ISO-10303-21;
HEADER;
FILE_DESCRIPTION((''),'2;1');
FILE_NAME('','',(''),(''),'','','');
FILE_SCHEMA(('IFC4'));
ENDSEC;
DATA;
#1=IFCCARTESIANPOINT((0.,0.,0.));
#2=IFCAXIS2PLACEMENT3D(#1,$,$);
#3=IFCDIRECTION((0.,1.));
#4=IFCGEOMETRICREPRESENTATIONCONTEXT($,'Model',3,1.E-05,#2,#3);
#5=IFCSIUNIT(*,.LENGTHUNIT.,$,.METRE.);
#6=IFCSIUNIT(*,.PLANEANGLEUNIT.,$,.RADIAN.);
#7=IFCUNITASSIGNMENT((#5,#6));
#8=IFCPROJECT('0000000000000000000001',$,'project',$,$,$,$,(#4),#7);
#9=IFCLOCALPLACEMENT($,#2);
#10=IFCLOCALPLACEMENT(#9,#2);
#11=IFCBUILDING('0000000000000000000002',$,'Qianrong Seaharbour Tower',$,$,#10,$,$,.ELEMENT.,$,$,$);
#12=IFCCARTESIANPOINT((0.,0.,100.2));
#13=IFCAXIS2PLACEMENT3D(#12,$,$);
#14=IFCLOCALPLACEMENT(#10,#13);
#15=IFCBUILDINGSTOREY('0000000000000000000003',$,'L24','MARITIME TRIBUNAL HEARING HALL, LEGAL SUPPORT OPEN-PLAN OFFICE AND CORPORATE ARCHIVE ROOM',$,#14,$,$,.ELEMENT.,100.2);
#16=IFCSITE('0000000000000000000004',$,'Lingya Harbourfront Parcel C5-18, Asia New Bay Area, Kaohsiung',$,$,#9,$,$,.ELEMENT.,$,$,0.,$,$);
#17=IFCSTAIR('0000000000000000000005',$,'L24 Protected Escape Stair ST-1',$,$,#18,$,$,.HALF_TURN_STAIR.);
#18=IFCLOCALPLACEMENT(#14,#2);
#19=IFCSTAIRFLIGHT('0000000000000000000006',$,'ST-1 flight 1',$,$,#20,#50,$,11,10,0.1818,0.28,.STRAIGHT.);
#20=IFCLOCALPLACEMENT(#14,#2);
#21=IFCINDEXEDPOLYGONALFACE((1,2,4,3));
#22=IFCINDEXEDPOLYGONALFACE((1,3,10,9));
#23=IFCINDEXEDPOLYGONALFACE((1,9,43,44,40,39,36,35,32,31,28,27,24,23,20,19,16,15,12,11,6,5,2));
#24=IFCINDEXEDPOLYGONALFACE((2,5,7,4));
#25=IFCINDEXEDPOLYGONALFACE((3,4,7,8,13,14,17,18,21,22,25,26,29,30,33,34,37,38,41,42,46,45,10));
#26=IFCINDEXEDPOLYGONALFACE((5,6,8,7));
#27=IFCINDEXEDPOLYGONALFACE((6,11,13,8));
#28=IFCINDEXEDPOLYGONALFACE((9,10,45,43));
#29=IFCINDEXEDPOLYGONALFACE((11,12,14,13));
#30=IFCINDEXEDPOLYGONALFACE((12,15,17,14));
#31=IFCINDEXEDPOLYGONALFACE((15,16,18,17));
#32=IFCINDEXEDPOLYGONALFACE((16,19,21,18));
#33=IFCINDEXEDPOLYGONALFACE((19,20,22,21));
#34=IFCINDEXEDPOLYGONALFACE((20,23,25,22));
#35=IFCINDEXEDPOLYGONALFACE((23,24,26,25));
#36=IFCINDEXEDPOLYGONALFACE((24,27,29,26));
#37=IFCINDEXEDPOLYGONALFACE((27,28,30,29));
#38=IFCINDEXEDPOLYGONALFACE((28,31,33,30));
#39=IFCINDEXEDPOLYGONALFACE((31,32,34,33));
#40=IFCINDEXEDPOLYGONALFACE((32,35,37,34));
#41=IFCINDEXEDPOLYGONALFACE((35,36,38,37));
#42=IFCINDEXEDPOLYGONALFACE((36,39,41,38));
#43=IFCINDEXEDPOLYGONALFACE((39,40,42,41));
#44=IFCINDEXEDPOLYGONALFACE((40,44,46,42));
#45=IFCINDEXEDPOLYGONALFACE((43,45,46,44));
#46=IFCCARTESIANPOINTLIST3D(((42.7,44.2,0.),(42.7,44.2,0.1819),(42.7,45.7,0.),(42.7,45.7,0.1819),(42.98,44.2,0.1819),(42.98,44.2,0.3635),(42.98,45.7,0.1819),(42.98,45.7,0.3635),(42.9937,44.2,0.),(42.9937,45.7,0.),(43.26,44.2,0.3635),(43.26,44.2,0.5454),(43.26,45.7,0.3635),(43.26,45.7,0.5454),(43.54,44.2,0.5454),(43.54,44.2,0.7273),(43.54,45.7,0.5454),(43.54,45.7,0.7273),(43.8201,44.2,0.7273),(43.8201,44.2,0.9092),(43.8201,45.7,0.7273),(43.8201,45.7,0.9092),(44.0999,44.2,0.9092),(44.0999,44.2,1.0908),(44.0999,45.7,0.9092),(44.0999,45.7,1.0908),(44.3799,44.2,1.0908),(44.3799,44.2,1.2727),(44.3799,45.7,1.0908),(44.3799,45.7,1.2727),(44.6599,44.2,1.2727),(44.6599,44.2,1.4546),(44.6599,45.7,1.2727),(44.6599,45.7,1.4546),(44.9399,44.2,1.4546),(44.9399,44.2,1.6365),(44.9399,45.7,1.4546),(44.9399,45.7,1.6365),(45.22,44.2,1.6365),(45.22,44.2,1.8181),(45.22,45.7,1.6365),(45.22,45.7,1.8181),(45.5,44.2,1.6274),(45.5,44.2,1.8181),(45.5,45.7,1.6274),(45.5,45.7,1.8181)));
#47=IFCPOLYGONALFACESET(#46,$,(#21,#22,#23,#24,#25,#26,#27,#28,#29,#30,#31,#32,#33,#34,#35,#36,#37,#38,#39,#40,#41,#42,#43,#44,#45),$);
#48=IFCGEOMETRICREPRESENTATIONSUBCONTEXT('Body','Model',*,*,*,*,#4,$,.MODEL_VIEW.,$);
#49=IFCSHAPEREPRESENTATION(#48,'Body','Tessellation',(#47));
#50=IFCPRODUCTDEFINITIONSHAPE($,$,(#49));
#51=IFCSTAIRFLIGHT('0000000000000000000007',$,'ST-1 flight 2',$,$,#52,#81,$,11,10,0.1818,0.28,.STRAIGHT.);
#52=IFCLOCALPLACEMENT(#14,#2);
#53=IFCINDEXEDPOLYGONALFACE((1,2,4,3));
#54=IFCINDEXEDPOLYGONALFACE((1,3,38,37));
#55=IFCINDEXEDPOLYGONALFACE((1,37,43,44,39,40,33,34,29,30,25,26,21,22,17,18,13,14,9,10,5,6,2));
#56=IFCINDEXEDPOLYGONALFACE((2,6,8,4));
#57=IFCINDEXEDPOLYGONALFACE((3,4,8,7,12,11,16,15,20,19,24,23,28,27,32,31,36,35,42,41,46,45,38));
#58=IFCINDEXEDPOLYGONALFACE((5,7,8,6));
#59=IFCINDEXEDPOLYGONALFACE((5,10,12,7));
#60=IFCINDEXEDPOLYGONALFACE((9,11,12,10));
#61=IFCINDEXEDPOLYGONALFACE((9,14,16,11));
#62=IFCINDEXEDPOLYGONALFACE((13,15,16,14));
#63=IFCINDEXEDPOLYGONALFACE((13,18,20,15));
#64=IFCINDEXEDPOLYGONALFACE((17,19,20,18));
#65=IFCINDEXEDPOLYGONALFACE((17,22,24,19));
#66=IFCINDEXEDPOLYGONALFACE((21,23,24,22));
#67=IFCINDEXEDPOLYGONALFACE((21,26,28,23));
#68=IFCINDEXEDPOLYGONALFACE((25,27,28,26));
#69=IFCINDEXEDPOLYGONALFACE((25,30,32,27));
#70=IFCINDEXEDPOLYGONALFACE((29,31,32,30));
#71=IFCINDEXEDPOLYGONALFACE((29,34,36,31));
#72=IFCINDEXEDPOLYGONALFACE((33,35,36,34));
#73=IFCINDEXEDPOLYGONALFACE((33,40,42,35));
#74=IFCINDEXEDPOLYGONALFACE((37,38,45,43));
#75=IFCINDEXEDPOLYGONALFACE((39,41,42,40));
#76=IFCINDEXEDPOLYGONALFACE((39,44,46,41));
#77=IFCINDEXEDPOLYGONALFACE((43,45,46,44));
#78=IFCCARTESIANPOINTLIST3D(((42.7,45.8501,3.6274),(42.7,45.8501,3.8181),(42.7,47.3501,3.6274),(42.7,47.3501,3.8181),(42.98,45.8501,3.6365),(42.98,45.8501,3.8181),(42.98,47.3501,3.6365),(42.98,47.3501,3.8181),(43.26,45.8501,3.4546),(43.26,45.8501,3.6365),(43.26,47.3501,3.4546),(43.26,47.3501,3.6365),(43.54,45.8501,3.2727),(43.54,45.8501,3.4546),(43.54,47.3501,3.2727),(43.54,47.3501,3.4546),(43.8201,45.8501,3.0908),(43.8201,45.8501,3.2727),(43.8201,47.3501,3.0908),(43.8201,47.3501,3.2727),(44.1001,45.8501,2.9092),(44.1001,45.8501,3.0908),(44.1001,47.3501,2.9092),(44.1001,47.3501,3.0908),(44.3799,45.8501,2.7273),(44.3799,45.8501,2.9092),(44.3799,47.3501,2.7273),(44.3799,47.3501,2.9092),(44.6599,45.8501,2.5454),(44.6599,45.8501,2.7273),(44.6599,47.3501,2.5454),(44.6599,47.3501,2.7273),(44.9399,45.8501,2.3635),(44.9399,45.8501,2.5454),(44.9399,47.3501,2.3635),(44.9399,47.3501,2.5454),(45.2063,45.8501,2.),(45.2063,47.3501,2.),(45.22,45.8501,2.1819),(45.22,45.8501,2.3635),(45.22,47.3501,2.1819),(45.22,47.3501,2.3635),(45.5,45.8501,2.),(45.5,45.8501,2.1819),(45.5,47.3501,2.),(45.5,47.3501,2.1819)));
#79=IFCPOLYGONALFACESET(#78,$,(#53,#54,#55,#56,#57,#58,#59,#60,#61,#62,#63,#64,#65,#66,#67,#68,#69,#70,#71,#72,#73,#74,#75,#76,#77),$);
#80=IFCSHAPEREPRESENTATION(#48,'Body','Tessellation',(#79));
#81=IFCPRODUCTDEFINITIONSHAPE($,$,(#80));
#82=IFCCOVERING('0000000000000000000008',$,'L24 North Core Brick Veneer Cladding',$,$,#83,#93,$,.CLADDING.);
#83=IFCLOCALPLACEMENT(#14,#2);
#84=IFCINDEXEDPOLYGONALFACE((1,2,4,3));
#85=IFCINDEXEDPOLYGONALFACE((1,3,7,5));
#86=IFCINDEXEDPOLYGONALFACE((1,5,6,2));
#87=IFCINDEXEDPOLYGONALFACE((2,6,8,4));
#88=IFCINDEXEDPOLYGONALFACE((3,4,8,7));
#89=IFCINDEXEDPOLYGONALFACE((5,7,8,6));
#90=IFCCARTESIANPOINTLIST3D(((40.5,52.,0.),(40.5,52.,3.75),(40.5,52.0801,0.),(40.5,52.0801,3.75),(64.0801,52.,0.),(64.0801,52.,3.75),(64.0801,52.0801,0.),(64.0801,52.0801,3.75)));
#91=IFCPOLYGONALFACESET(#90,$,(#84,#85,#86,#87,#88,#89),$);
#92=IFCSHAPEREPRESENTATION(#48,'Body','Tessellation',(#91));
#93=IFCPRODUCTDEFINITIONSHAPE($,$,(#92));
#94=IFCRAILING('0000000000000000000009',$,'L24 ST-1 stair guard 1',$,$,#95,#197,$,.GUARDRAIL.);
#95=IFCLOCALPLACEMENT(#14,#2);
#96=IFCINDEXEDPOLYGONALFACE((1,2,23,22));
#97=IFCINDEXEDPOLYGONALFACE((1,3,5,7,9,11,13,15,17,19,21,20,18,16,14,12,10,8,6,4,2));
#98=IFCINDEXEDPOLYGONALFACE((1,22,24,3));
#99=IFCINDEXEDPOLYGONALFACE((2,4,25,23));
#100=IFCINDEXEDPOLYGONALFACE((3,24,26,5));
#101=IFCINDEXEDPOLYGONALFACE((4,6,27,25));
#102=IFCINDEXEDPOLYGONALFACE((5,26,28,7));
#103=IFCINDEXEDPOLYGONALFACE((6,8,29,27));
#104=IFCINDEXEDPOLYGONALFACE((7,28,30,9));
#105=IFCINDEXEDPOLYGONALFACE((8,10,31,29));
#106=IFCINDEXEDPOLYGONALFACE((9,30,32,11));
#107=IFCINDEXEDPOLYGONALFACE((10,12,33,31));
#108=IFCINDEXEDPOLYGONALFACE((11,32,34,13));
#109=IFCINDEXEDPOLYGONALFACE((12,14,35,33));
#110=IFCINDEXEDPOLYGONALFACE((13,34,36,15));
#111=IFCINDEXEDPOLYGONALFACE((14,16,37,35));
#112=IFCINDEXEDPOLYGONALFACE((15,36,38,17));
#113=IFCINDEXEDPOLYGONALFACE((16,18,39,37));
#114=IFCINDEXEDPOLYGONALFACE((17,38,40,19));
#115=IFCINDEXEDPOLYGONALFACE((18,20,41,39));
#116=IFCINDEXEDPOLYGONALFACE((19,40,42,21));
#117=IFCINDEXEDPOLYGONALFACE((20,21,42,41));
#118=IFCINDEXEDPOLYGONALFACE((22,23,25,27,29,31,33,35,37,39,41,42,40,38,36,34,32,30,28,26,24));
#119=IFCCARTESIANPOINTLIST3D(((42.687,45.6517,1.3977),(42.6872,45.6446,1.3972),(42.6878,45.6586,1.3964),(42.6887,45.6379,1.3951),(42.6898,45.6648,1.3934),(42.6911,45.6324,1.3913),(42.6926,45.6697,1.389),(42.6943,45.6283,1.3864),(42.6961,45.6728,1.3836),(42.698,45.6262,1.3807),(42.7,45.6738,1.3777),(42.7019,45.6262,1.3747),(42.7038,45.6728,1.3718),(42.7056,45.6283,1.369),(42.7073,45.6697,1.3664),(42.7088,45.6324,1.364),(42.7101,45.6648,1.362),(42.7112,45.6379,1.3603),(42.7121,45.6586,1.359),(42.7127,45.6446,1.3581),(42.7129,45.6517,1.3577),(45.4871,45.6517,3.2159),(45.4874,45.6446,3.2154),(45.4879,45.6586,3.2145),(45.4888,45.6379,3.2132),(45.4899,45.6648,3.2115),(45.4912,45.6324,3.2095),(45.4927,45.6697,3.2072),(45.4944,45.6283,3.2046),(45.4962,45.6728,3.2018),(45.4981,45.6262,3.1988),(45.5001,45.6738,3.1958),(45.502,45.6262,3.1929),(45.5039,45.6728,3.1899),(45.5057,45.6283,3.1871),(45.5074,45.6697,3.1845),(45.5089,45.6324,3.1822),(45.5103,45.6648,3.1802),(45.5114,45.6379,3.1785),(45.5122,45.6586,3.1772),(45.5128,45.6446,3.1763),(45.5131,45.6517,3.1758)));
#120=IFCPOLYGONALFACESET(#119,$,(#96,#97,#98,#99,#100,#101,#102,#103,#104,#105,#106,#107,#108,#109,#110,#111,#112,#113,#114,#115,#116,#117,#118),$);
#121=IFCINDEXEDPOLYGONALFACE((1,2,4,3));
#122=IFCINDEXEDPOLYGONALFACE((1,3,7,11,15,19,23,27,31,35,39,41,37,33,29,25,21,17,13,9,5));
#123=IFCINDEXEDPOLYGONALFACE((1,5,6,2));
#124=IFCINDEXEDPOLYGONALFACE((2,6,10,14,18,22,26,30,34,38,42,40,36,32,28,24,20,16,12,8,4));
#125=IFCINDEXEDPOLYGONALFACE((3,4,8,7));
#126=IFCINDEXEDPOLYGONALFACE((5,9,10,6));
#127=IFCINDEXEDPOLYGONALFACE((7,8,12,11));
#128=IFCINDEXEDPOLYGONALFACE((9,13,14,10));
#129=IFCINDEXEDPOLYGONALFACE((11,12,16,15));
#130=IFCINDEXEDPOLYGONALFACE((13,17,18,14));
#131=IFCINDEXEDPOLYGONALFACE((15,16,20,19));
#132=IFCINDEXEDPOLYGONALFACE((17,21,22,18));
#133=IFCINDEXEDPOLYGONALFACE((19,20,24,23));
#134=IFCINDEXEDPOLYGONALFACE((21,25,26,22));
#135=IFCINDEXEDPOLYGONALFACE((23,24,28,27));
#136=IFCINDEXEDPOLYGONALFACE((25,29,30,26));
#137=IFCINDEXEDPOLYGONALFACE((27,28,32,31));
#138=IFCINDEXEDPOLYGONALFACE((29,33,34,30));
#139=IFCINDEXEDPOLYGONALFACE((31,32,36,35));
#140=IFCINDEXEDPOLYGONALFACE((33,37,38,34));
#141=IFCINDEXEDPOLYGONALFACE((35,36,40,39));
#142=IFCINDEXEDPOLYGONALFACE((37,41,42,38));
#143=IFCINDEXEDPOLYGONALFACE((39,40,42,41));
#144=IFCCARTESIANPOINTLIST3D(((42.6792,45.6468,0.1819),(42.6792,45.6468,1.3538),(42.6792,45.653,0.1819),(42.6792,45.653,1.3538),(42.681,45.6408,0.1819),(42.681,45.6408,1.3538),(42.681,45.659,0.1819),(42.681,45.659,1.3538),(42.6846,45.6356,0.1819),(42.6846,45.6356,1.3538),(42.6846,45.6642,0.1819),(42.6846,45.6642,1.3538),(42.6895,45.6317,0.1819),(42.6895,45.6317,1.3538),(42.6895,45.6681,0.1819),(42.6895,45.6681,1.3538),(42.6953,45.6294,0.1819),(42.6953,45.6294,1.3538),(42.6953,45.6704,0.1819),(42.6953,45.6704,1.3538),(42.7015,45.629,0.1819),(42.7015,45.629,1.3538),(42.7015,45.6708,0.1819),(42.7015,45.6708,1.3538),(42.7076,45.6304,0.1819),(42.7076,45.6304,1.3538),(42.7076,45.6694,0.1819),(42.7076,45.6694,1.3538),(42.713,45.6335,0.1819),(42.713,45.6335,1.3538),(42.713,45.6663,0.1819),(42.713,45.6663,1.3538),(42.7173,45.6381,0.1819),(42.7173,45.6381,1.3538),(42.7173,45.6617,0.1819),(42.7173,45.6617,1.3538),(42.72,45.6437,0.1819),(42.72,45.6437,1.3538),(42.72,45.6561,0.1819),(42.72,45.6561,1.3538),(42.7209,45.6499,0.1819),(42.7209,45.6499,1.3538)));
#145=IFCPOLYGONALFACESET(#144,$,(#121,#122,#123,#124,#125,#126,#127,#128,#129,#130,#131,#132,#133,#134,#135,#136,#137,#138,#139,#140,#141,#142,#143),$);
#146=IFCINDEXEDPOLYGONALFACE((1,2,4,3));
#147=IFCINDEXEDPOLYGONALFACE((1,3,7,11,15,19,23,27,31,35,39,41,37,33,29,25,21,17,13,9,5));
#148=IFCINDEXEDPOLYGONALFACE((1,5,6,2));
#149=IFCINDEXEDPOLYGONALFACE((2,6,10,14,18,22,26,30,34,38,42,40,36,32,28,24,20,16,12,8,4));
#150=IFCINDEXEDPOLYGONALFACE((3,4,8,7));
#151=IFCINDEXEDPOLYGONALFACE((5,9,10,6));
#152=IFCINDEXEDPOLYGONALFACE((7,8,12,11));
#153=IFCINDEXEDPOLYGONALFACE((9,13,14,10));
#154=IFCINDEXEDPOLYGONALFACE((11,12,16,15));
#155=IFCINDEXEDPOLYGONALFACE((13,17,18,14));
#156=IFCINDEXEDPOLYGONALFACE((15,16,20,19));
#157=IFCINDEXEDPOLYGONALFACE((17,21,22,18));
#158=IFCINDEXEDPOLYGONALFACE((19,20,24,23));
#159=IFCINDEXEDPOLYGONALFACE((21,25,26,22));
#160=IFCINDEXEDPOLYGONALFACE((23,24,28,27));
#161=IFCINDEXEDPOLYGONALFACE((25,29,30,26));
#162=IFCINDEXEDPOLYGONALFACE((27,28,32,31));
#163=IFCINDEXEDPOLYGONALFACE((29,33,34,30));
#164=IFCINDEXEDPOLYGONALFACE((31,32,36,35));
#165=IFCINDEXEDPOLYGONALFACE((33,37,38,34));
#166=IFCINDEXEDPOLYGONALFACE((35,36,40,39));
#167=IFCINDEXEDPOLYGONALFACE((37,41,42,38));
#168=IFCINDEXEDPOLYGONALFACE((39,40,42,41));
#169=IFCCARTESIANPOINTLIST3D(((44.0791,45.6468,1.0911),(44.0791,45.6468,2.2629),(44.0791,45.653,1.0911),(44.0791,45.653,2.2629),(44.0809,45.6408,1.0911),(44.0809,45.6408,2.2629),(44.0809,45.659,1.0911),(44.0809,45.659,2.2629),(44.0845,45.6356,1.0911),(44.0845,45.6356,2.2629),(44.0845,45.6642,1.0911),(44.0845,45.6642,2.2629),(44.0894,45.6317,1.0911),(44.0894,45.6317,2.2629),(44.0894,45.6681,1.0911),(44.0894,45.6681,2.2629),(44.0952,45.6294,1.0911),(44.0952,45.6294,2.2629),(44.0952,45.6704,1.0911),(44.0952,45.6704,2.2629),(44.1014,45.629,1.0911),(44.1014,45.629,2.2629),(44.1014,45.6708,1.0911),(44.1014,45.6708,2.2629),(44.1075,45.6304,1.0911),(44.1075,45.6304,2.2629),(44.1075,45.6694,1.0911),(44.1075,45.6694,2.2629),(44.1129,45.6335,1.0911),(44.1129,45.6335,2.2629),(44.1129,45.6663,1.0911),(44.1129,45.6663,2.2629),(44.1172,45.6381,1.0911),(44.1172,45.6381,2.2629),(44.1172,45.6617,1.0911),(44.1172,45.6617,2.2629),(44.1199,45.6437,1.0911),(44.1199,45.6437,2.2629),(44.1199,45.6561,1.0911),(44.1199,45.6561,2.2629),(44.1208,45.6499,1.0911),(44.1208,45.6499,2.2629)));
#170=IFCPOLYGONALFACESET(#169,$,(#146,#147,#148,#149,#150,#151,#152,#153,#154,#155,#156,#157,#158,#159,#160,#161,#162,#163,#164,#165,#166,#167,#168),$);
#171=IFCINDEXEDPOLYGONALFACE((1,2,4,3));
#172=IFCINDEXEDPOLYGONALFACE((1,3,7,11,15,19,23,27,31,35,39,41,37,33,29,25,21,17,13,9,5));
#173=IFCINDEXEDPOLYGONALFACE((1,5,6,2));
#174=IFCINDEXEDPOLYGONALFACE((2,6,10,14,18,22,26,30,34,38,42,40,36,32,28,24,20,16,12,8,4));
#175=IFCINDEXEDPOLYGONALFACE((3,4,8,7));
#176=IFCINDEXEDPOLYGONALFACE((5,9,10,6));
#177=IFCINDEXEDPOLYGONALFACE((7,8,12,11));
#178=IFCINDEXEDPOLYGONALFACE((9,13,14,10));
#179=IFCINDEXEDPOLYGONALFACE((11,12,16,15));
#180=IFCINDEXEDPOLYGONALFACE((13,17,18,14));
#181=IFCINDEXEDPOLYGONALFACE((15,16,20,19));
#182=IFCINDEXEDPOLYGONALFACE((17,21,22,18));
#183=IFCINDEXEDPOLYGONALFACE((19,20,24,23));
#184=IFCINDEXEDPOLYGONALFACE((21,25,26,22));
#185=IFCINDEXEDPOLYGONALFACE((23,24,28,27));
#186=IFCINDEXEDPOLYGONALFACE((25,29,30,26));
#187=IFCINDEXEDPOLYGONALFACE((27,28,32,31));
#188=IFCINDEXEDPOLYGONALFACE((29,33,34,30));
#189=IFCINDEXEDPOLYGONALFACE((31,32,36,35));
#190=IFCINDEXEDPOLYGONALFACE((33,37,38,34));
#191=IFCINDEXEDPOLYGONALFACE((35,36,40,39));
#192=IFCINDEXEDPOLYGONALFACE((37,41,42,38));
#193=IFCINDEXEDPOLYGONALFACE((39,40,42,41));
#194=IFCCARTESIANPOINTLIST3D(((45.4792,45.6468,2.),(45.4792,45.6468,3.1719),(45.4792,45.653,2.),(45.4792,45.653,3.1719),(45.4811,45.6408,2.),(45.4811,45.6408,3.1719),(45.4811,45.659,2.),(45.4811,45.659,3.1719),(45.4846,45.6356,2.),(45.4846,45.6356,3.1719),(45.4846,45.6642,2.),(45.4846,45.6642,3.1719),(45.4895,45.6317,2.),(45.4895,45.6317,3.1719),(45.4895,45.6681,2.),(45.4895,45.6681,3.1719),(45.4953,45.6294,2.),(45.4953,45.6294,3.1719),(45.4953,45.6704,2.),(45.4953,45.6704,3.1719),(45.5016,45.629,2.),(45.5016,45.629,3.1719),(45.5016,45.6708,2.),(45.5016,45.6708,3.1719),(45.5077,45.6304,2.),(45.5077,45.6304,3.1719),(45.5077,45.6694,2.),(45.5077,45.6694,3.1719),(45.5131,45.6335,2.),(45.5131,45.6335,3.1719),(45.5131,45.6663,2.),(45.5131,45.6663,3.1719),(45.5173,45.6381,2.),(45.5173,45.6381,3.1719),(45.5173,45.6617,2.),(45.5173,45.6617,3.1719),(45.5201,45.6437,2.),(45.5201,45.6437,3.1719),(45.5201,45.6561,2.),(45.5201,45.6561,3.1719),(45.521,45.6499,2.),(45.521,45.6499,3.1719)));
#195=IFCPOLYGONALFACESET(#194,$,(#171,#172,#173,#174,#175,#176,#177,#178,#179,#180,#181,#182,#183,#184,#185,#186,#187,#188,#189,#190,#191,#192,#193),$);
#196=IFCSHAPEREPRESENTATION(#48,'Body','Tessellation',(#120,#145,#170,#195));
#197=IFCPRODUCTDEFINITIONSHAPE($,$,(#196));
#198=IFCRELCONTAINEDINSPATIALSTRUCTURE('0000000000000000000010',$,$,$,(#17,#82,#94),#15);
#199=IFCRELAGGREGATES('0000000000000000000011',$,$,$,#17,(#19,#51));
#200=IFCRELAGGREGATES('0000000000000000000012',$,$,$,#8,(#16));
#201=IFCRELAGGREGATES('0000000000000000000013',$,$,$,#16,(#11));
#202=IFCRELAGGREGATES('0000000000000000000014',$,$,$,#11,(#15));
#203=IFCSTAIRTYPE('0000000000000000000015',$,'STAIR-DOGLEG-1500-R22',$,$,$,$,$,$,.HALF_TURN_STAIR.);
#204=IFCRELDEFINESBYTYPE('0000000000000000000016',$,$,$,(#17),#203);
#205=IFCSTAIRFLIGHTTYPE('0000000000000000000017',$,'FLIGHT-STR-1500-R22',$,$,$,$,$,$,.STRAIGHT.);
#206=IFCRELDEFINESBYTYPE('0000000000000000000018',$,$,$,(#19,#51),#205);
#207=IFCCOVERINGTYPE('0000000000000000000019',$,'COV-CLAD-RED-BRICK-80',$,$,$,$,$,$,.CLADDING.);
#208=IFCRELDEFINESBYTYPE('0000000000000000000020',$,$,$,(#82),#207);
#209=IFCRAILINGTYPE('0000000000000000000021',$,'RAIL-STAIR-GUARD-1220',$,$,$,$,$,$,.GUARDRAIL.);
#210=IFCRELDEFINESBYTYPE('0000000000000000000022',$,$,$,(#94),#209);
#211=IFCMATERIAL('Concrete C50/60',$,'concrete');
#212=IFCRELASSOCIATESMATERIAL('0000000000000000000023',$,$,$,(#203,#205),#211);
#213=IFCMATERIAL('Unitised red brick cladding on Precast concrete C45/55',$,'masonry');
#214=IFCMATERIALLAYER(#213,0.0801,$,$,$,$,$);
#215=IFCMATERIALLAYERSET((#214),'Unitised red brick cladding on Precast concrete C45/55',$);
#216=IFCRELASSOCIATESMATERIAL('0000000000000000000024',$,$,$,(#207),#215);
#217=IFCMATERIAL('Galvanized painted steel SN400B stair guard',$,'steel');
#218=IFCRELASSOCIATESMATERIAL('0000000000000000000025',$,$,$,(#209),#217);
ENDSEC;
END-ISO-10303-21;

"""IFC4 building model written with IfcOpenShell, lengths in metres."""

from ifc_helpers import new_model, si_unit, direction, frame, origin, origin_2d, place, context, subcontext, project, spatial, polyline, rectangle, circle, outline, extrude, material, layer, layer_set, type_object, element, aggregate, save


model = new_model("IFC4")

# Units and contexts
model_context = context("Model", 3, precision=1e-05, world=origin(), true_north=direction((0.0, 1.0)))
body_context = subcontext(model_context, "Body", "Model", "MODEL_VIEW")
ifc_project = project(units=[si_unit("LENGTHUNIT", "METRE"), si_unit("PLANEANGLEUNIT", "RADIAN")], contexts=[model_context])

# Site, building, storey
site_placement = place(None, origin())
site = spatial("IfcSite", under=ifc_project, at=site_placement, Name="Lingya Harbourfront Parcel C5-18, Asia New Bay Area, Kaohsiung", CompositionType="ELEMENT", RefElevation=0.0)
building_placement = place(site_placement, origin())
building = spatial("IfcBuilding", under=site, at=building_placement, Name="Qianrong Seaharbour Tower", CompositionType="ELEMENT")
storey_placement = place(building_placement, frame((0.0, 0.0, 100.2)))
storey = spatial("IfcBuildingStorey", under=building, at=storey_placement, Name="L24", Description="MARITIME TRIBUNAL HEARING HALL, LEGAL SUPPORT OPEN-PLAN OFFICE AND CORPORATE ARCHIVE ROOM", CompositionType="ELEMENT", Elevation=100.2)

# Shared definitions
ifc_material_1 = material(Name="Concrete C50/60", Category="concrete")

# Stair, stair flights
stair_type = type_object("IfcStairType", Name="STAIR-DOGLEG-1500-R22", PredefinedType="HALF_TURN_STAIR", material=ifc_material_1)
stair_placement = place(storey_placement, origin())
stair = element("IfcStair", 1, at=stair_placement, inside=storey, type_object=stair_type, Name="L24 Protected Escape Stair ST-1", PredefinedType="HALF_TURN_STAIR")
stair_flight_type = type_object("IfcStairFlightType", Name="FLIGHT-STR-1500-R22", PredefinedType="STRAIGHT", material=ifc_material_1)
stair_flight_1_placement = place(storey_placement, frame((42.7, 44.95, 0.0), z_axis=(0.0, 0.0, 1.0), x_axis=(1.0, 0.0, 0.0)))
stair_flight_1 = element("IfcStairFlight", 2, at=stair_flight_1_placement, type_object=stair_flight_type, Name="ST-1 flight 1", NumberOfRisers=11, NumberOfTreads=10, PredefinedType="STRAIGHT", RiserHeight=0.1818, TreadLength=0.28, context=body_context, shape_type="SweptSolid", body=[
    extrude(outline(polyline([(0.0, 0.0), (0.0, 0.1819), (0.28, 0.1819), (0.28, 0.3635), (0.5601, 0.3635), (0.5601, 0.5454), (0.8401, 0.5454), (0.8401, 0.7273), (1.1201, 0.7273), (1.1201, 0.9092), (1.3999, 0.9092), (1.3999, 1.0908), (1.6799, 1.0908), (1.6799, 1.2727), (1.96, 1.2727), (1.96, 1.4546), (2.24, 1.4546), (2.24, 1.6365), (2.52, 1.6365), (2.52, 1.8181), (2.8, 1.8181), (2.8, 2.0), (2.8, 1.6274), (0.2937, 0.0), (0.0, 0.0)])), frame((0.0, 0.75, 0.0), z_axis=(0.0, -1.0, 0.0), x_axis=(1.0, 0.0, 0.0)), (0.0, 0.0, 1.0), 1.5),
])
stair_flight_2_placement = place(storey_placement, frame((45.5, 46.6001, 2.0), z_axis=(0.0, 0.0, 1.0), x_axis=(-1.0, 0.0, 0.0)))
stair_flight_2 = element("IfcStairFlight", 3, at=stair_flight_2_placement, type_object=stair_flight_type, Name="ST-1 flight 2", NumberOfRisers=11, NumberOfTreads=10, PredefinedType="STRAIGHT", RiserHeight=0.1818, TreadLength=0.28, context=body_context, shape_type="SweptSolid", body=[
    extrude(outline(polyline([(0.0, 0.0), (0.0, 0.1819), (0.28, 0.1819), (0.28, 0.3635), (0.5601, 0.3635), (0.5601, 0.5454), (0.8401, 0.5454), (0.8401, 0.7273), (1.1201, 0.7273), (1.1201, 0.9092), (1.3999, 0.9092), (1.3999, 1.0908), (1.6799, 1.0908), (1.6799, 1.2727), (1.96, 1.2727), (1.96, 1.4546), (2.24, 1.4546), (2.24, 1.6365), (2.52, 1.6365), (2.52, 1.8181), (2.8, 1.8181), (2.8, 2.0), (2.8, 1.6274), (0.2937, 0.0), (0.0, 0.0)])), frame((0.0, 0.75, 0.0), z_axis=(0.0, -1.0, 0.0), x_axis=(1.0, 0.0, 0.0)), (0.0, 0.0, 1.0), 1.5),
])
aggregate(stair, [stair_flight_1, stair_flight_2])

# Covering
ifc_material_2 = material(Name="Unitised red brick cladding on Precast concrete C45/55", Category="masonry")
ifc_layer_1 = layer(ifc_material_2, 0.0801)
ifc_layer_set_1 = layer_set([ifc_layer_1], Name="Unitised red brick cladding on Precast concrete C45/55")
covering_type = type_object("IfcCoveringType", Name="COV-CLAD-RED-BRICK-80", PredefinedType="CLADDING", material=ifc_layer_set_1)
covering_placement = place(storey_placement, frame((52.29, 52.04, 0.0), z_axis=(0.0, 0.0, 1.0), x_axis=(1.0, 0.0, 0.0)))
element("IfcCovering", 4, at=covering_placement, inside=storey, type_object=covering_type, Name="L24 North Core Brick Veneer Cladding", PredefinedType="CLADDING", context=body_context, shape_type="SweptSolid", body=[
    extrude(rectangle(XDim=23.5801, YDim=0.0801, at=origin_2d()), origin(), (0.0, 0.0, 1.0), 3.75),
])

# Railing
ifc_material_3 = material(Name="Galvanized painted steel SN400B stair guard", Category="steel")
railing_type_1 = type_object("IfcRailingType", Name="RAIL-STAIR-GUARD-1220", PredefinedType="GUARDRAIL", material=ifc_material_3)
railing_1_placement = place(storey_placement, frame((42.7, 45.6499, 0.1819)))
element("IfcRailing", 5, at=railing_1_placement, inside=storey, type_object=railing_type_1, Name="L24 ST-1 stair guard 1", PredefinedType="GUARDRAIL", context=body_context, shape_type="SweptSolid", body=[
    extrude(circle(Radius=0.0239, at=origin_2d()), frame((0.0, 0.0, 1.1958), z_axis=(0.838706, 0.0, 0.544585), x_axis=(0.0, 1.0, 0.0)), (0.0, 0.0, 1.0), 3.3386),
    extrude(circle(Radius=0.021, at=origin_2d()), origin(), (0.0, 0.0, 1.0), 1.1719),
    extrude(circle(Radius=0.021, at=origin_2d()), frame((1.3999, 0.0, 0.9092)), (0.0, 0.0, 1.0), 1.1719),
    extrude(circle(Radius=0.021, at=origin_2d()), frame((2.8, 0.0, 1.8181)), (0.0, 0.0, 1.0), 1.1719),
])

save(model, "model.ifc")
